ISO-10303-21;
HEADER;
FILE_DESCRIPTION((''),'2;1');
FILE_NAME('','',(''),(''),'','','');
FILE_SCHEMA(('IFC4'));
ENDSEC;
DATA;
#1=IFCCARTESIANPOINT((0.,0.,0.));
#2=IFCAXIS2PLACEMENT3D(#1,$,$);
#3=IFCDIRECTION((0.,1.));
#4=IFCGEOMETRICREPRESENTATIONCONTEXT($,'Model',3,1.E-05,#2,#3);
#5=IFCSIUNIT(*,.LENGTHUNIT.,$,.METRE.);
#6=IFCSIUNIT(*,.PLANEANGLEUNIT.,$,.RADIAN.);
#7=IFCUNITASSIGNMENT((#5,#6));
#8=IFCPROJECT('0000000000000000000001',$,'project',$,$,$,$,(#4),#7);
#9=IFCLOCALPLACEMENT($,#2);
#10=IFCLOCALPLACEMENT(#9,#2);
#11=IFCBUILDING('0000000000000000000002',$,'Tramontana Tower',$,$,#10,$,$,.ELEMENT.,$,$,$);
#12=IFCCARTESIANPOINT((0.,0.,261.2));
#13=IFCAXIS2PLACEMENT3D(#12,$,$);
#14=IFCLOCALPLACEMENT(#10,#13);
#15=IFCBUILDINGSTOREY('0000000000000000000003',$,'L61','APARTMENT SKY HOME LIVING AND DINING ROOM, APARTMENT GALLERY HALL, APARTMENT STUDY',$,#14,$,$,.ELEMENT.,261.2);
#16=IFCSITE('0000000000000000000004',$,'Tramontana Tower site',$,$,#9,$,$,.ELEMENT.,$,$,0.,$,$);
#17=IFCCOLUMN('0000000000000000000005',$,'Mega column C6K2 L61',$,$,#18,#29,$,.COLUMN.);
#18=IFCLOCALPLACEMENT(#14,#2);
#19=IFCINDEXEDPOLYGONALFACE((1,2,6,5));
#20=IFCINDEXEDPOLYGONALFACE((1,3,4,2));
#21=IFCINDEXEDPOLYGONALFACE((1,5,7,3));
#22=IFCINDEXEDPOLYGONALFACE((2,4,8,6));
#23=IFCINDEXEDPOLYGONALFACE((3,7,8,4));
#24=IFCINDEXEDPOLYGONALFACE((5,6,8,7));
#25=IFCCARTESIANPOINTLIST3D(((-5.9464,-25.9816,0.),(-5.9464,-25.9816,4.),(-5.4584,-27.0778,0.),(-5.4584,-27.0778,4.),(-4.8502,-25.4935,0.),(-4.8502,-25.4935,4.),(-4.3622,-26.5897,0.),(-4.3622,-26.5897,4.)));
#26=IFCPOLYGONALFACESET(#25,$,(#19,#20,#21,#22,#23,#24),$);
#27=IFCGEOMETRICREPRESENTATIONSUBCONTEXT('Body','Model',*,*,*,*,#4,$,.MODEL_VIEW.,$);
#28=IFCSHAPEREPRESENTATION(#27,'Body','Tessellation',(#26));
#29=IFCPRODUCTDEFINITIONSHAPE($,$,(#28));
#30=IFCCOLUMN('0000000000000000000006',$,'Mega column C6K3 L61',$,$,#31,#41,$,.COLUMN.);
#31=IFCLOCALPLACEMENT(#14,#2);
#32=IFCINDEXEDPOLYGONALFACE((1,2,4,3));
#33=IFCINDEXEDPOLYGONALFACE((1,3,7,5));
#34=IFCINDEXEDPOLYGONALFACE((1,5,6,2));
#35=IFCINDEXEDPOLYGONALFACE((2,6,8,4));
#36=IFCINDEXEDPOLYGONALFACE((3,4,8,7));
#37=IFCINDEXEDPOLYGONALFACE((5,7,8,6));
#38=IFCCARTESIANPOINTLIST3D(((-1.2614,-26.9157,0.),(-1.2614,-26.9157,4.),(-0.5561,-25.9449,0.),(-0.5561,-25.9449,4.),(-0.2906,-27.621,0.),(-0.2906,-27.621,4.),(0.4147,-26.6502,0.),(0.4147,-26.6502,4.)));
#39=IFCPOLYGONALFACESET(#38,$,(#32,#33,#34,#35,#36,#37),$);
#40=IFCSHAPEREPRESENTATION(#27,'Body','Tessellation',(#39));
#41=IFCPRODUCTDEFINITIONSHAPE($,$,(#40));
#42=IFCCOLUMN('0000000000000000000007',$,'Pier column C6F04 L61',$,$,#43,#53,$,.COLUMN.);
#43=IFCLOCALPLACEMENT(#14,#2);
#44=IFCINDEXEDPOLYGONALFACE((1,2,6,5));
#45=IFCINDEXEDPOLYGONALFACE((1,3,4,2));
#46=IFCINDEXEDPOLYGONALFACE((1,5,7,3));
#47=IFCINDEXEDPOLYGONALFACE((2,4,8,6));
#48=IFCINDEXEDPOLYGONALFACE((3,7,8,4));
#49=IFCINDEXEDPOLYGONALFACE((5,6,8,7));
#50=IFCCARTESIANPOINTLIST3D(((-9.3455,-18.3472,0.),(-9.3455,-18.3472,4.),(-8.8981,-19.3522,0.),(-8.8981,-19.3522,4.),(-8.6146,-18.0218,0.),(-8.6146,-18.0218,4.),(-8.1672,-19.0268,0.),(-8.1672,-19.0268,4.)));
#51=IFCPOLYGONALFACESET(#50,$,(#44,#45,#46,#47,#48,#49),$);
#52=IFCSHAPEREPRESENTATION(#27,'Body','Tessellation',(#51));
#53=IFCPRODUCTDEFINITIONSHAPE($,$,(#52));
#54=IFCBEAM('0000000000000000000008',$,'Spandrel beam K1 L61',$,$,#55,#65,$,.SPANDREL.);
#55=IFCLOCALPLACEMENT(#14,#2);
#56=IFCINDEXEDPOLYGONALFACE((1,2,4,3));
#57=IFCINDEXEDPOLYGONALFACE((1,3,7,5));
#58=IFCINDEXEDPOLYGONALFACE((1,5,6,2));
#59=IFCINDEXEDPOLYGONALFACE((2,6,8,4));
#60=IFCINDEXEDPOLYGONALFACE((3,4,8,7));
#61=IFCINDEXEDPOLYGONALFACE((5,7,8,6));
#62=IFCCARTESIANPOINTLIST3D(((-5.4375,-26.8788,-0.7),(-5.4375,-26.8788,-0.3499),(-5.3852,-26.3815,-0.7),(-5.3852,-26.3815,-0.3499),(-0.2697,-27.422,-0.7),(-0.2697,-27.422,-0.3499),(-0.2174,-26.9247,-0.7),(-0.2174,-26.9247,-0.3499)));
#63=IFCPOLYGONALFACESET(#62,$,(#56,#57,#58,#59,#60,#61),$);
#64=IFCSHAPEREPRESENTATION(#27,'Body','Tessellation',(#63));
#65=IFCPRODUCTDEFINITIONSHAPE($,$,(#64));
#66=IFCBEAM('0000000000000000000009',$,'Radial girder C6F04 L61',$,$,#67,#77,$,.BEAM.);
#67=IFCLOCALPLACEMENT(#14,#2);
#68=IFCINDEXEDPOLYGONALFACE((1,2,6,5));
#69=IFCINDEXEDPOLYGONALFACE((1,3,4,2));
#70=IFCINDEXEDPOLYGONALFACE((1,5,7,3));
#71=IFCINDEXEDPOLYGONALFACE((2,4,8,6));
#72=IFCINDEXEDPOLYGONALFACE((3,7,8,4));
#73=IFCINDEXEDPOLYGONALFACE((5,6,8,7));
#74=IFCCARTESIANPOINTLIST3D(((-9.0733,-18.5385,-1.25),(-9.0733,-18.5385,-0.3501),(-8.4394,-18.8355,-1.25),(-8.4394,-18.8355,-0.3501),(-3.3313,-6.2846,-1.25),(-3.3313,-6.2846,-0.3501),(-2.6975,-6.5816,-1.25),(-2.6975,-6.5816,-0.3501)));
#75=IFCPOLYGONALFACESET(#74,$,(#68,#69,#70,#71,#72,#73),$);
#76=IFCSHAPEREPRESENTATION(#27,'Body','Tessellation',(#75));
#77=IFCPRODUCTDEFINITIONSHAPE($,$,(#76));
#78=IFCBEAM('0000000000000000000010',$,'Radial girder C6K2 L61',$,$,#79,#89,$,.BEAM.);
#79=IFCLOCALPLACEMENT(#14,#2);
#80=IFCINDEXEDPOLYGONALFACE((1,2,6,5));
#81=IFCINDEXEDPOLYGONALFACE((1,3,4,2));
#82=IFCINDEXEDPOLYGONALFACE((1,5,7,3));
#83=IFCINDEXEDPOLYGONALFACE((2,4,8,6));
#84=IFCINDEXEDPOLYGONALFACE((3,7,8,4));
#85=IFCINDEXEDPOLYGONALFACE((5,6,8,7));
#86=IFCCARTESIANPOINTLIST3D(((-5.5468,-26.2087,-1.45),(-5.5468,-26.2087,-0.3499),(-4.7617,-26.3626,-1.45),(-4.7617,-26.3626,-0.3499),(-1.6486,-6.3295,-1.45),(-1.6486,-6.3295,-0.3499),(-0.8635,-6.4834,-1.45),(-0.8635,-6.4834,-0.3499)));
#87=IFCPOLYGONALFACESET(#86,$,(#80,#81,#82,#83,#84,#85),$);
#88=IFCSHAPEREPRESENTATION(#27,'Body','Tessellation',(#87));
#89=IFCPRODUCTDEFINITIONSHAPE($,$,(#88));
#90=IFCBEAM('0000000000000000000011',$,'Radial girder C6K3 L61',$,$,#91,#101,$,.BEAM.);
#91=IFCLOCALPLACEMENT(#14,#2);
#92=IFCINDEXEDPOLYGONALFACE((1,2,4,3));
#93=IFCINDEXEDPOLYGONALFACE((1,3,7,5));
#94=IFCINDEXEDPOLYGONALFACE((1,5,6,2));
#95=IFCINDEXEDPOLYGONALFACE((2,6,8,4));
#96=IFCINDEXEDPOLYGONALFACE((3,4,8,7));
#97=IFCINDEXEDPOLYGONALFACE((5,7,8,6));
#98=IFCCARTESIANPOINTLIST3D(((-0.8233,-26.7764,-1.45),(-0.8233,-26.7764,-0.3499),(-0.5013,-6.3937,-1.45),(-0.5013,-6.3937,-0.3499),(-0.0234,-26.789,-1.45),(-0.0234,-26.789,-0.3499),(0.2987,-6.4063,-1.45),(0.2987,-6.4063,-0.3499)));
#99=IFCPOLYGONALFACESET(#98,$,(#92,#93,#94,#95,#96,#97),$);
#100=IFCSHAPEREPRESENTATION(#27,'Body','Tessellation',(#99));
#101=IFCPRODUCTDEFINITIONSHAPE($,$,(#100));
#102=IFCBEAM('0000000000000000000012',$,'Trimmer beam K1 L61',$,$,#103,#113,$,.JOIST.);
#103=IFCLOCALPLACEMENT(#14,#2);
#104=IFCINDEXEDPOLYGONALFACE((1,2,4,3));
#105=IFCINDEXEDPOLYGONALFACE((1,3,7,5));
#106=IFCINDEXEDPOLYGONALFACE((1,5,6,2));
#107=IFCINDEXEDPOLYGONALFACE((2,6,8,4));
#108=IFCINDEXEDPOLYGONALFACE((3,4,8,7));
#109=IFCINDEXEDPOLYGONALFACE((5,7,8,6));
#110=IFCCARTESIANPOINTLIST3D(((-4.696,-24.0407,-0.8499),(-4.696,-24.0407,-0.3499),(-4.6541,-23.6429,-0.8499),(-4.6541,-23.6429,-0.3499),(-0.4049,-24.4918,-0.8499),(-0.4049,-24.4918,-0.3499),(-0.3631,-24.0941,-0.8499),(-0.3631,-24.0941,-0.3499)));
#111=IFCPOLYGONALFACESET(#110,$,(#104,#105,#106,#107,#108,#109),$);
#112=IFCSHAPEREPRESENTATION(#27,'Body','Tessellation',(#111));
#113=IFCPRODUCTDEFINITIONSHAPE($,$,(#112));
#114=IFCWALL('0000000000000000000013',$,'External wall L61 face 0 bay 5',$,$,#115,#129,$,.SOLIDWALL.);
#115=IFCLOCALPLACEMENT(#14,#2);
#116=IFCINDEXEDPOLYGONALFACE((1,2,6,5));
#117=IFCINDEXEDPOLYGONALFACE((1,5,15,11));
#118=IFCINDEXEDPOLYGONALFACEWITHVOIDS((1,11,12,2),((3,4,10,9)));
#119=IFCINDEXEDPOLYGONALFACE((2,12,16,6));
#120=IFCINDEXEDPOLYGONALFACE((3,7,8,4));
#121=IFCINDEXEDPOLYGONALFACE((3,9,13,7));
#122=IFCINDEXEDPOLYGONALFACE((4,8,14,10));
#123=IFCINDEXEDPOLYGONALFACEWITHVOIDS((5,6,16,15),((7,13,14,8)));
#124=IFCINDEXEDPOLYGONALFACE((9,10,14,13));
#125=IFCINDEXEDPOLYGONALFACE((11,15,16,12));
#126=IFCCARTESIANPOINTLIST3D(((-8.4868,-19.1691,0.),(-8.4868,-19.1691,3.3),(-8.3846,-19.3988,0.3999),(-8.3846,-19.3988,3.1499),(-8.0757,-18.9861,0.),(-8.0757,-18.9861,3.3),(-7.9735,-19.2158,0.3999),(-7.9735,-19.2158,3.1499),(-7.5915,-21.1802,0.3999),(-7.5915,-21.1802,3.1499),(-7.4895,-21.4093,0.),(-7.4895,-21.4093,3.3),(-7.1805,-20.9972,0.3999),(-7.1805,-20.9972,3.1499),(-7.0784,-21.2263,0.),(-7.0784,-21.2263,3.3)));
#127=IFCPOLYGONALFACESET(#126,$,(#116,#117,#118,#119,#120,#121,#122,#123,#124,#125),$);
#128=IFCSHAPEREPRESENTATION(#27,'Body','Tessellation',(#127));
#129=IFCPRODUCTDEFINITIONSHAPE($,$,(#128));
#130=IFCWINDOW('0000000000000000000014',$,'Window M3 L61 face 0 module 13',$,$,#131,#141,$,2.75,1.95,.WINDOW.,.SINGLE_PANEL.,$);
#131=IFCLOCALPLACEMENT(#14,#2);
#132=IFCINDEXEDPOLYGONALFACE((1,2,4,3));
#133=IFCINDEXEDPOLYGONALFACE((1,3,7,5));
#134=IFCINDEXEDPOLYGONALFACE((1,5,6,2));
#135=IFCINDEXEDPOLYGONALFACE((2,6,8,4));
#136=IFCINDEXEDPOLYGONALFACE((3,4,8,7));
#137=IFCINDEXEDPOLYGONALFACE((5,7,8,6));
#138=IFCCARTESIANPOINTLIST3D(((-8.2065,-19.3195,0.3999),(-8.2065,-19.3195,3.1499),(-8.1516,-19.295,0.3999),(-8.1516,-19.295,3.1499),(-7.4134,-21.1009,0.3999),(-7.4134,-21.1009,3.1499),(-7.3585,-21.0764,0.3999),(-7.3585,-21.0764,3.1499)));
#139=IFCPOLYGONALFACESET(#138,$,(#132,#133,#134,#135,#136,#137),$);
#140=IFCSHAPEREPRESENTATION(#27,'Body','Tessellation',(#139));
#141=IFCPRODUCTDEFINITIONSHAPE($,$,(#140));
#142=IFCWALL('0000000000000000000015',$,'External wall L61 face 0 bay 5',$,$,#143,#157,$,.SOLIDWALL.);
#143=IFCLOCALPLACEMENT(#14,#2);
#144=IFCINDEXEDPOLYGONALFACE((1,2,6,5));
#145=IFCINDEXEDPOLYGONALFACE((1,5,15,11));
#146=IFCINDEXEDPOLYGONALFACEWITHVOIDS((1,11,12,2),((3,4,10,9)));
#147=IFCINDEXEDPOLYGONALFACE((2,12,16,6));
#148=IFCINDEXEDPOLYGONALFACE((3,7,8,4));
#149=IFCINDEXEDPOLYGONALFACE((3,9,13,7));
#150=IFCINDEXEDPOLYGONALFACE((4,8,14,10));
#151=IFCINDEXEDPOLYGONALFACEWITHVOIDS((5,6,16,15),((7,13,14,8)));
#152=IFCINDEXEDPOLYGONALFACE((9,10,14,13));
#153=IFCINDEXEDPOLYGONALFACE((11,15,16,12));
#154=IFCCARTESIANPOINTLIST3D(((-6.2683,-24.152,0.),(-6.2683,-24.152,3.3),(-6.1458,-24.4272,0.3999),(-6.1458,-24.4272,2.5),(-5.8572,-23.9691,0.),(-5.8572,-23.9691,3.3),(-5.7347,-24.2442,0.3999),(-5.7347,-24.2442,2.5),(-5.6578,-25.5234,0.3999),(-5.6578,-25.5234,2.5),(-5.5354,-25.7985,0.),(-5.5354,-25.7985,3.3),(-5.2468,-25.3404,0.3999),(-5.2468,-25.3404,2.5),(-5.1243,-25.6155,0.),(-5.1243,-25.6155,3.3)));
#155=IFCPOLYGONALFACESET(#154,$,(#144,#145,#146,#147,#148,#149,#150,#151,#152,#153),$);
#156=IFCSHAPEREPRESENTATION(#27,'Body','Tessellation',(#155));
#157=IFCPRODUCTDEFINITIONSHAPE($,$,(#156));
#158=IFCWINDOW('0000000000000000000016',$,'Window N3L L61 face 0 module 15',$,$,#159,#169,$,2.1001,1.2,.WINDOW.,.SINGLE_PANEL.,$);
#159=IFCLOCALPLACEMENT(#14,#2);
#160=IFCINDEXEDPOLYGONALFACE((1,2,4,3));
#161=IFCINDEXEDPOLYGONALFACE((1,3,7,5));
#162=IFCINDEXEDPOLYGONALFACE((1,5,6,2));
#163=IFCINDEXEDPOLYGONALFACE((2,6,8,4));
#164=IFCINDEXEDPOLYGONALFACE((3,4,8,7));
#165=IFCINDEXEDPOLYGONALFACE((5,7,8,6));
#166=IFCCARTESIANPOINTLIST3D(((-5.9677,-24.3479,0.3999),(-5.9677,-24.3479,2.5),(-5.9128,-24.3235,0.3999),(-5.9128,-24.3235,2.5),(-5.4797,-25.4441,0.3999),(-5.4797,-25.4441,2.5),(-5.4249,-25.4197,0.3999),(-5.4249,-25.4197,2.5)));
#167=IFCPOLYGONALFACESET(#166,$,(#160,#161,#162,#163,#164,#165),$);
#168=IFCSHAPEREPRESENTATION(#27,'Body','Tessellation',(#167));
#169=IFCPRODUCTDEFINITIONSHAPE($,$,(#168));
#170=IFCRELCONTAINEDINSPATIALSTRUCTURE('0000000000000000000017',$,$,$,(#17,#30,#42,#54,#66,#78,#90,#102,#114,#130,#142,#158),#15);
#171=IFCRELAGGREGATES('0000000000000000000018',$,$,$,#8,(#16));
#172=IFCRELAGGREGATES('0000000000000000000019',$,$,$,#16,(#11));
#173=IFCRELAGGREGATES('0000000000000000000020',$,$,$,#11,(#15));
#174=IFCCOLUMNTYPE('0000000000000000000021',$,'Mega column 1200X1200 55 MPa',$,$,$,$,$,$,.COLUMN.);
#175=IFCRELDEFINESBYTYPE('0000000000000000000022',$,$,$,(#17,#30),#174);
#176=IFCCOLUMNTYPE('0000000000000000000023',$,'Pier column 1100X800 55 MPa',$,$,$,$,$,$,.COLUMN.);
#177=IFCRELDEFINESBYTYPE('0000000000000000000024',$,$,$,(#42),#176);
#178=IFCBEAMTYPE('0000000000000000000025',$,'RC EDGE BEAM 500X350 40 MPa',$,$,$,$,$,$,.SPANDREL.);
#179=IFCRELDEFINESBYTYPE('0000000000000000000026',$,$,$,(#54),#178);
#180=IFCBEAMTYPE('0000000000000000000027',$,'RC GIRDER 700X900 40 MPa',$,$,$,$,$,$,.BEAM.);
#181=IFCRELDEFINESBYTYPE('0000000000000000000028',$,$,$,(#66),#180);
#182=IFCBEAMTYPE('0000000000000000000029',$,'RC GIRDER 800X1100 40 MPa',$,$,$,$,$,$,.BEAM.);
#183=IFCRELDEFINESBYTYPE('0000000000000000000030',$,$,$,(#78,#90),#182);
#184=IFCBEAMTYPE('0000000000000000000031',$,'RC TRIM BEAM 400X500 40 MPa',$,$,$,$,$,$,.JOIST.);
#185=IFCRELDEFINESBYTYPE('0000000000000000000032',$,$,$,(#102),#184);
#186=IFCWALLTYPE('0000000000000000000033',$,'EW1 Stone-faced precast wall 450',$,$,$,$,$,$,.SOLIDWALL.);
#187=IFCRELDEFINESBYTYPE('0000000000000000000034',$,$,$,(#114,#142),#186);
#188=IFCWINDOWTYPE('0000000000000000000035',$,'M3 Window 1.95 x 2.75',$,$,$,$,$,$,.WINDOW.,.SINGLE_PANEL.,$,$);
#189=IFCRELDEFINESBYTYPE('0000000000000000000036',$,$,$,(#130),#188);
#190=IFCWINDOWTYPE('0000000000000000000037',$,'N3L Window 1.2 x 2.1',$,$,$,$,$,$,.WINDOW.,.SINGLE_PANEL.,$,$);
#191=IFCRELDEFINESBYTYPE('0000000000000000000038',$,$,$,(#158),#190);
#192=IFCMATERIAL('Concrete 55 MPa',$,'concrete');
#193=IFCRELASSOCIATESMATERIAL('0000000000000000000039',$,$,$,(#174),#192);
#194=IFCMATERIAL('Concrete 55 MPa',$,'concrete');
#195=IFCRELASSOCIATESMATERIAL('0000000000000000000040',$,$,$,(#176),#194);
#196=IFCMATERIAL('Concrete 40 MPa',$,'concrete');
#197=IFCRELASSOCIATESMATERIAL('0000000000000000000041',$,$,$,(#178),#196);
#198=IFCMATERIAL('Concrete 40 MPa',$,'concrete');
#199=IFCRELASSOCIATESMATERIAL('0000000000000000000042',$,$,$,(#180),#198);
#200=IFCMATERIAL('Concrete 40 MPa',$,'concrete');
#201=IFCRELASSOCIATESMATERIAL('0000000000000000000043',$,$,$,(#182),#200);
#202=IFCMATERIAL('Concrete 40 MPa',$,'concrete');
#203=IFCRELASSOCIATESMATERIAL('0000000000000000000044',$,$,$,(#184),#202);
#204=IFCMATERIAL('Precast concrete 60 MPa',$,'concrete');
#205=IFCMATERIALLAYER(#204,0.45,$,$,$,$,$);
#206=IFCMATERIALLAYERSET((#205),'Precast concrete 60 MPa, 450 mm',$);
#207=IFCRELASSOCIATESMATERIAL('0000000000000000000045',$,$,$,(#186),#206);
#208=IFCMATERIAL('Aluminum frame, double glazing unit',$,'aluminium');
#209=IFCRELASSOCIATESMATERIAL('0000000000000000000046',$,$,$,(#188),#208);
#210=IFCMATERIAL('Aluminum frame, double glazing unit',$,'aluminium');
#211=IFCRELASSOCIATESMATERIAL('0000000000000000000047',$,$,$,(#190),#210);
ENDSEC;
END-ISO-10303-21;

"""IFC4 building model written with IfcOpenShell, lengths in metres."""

from ifc_helpers import new_model, si_unit, direction, frame, frame_2d, origin, origin_2d, place, context, subcontext, project, spatial, rectangle, extrude, material, layer, layer_set, material_profile, profile_set, type_object, element, fill, save


model = new_model("IFC4")

# Units and contexts
model_context = context("Model", 3, precision=1e-05, world=origin(), true_north=direction((0.0, 1.0)))
body_context = subcontext(model_context, "Body", "Model", "MODEL_VIEW")
ifc_project = project(units=[si_unit("LENGTHUNIT", "METRE"), si_unit("PLANEANGLEUNIT", "RADIAN")], contexts=[model_context])

# Site, building, storey
site_placement = place(None, origin())
site = spatial("IfcSite", under=ifc_project, at=site_placement, Name="Tramontana Tower site", CompositionType="ELEMENT", RefElevation=0.0)
building_placement = place(site_placement, origin())
building = spatial("IfcBuilding", under=site, at=building_placement, Name="Tramontana Tower", CompositionType="ELEMENT")
storey_placement = place(building_placement, frame((0.0, 0.0, 261.2)))
storey = spatial("IfcBuildingStorey", under=building, at=storey_placement, Name="L61", Description="APARTMENT SKY HOME LIVING AND DINING ROOM, APARTMENT GALLERY HALL, APARTMENT STUDY", CompositionType="ELEMENT", Elevation=261.2)

# Columns
ifc_material_1 = material(Name="Concrete 55 MPa", Category="concrete")
ifc_material_profile_1 = material_profile(ifc_material_1, rectangle(XDim=1.2, YDim=1.2, at=origin_2d()), Name="Mega column 1200X1200 55 MPa")
ifc_profile_set_1 = profile_set([ifc_material_profile_1], Name="Concrete 55 MPa")
column_type_1 = type_object("IfcColumnType", Name="Mega column 1200X1200 55 MPa", PredefinedType="COLUMN", material=ifc_profile_set_1)
for number, where, z_axis, x_axis, name in (
    (1, (-5.1543, -26.2856, 0.0), (0.0, 0.0, 1.0), (0.406737, -0.913545, 0.0), "Mega column C6K2 L61"),
    (2, (-0.4233, -26.783, 0.0), (0.0, 0.0, 1.0), (0.587785, 0.809017, 0.0), "Mega column C6K3 L61"),
):
    element("IfcColumn", number, at=place(storey_placement, frame(where, z_axis=z_axis, x_axis=x_axis)), inside=storey, type_object=column_type_1, Name=name, PredefinedType="COLUMN", context=body_context, shape_type="SweptSolid", body=[
        extrude(rectangle(XDim=1.2, YDim=1.2, at=origin_2d()), origin(), (0.0, 0.0, 1.0), 4.0),
    ])
ifc_material_2 = material(Name="Concrete 55 MPa", Category="concrete")
ifc_material_profile_2 = material_profile(ifc_material_2, rectangle(XDim=1.1001, YDim=0.8, at=origin_2d()), Name="Pier column 1100X800 55 MPa")
ifc_profile_set_2 = profile_set([ifc_material_profile_2], Name="Concrete 55 MPa")
column_type_2 = type_object("IfcColumnType", Name="Pier column 1100X800 55 MPa", PredefinedType="COLUMN", material=ifc_profile_set_2)
column_placement = place(storey_placement, frame((-8.7563, -18.687, 0.0), z_axis=(0.0, 0.0, 1.0), x_axis=(0.406737, -0.913545, 0.0)))
element("IfcColumn", 3, at=column_placement, inside=storey, type_object=column_type_2, Name="Pier column C6F04 L61", PredefinedType="COLUMN", context=body_context, shape_type="SweptSolid", body=[
    extrude(rectangle(XDim=1.1001, YDim=0.8, at=origin_2d()), origin(), (0.0, 0.0, 1.0), 4.0),
])

# Beams
ifc_material_3 = material(Name="Concrete 40 MPa", Category="concrete")
ifc_material_profile_3 = material_profile(ifc_material_3, rectangle(XDim=0.5, YDim=0.3501, at=origin_2d()), Name="RC EDGE BEAM 500X350 40 MPa")
ifc_profile_set_3 = profile_set([ifc_material_profile_3], Name="Concrete 40 MPa")
beam_type_1 = type_object("IfcBeamType", Name="RC EDGE BEAM 500X350 40 MPa", PredefinedType="SPANDREL", material=ifc_profile_set_3)
beam_1_placement = place(storey_placement, frame((-5.4114, -26.6301, -0.5249), z_axis=(0.994521, -0.10454, 0.0), x_axis=(0.10454, 0.994521, 0.0)))
element("IfcBeam", 4, at=beam_1_placement, inside=storey, type_object=beam_type_1, Name="Spandrel beam K1 L61", PredefinedType="SPANDREL", context=body_context, shape_type="SweptSolid", body=[
    extrude(rectangle(XDim=0.5, YDim=0.3501, at=origin_2d()), origin(), (0.0, 0.0, 1.0), 5.1963),
])
ifc_material_4 = material(Name="Concrete 40 MPa", Category="concrete")
ifc_material_profile_4 = material_profile(ifc_material_4, rectangle(XDim=0.7, YDim=0.8999, at=origin_2d()), Name="RC GIRDER 700X900 40 MPa")
ifc_profile_set_4 = profile_set([ifc_material_profile_4], Name="Concrete 40 MPa")
beam_type_2 = type_object("IfcBeamType", Name="RC GIRDER 700X900 40 MPa", PredefinedType="BEAM", material=ifc_profile_set_4)
beam_2_placement = place(storey_placement, frame((-8.7563, -18.687, -0.8), z_axis=(0.424308, 0.905518, 0.0), x_axis=(-0.905518, 0.424308, 0.0)))
element("IfcBeam", 5, at=beam_2_placement, inside=storey, type_object=beam_type_2, Name="Radial girder C6F04 L61", PredefinedType="BEAM", context=body_context, shape_type="SweptSolid", body=[
    extrude(rectangle(XDim=0.7, YDim=0.8999, at=origin_2d()), origin(), (0.0, 0.0, 1.0), 13.5325),
])
ifc_material_5 = material(Name="Concrete 40 MPa", Category="concrete")
ifc_material_profile_5 = material_profile(ifc_material_5, rectangle(XDim=0.8, YDim=1.1001, at=origin_2d()), Name="RC GIRDER 800X1100 40 MPa")
ifc_profile_set_5 = profile_set([ifc_material_profile_5], Name="Concrete 40 MPa")
beam_type_3 = type_object("IfcBeamType", Name="RC GIRDER 800X1100 40 MPa", PredefinedType="BEAM", material=ifc_profile_set_5)
beam_3_placement = place(storey_placement, frame((-5.1543, -26.2856, -0.8999), z_axis=(0.19243, 0.981311, 0.0), x_axis=(-0.981311, 0.19243, 0.0)))
element("IfcBeam", 6, at=beam_3_placement, inside=storey, type_object=beam_type_3, Name="Radial girder C6K2 L61", PredefinedType="BEAM", context=body_context, shape_type="SweptSolid", body=[
    extrude(rectangle(XDim=0.8, YDim=1.1001, at=origin_2d()), origin(), (0.0, 0.0, 1.0), 20.2578),
])
beam_4_placement = place(storey_placement, frame((-0.4233, -26.7827, -0.8999), z_axis=(0.015797, 0.999875, 0.0), x_axis=(-0.999875, 0.015797, 0.0)))
element("IfcBeam", 7, at=beam_4_placement, inside=storey, type_object=beam_type_3, Name="Radial girder C6K3 L61", PredefinedType="BEAM", context=body_context, shape_type="SweptSolid", body=[
    extrude(rectangle(XDim=0.8, YDim=1.1001, at=origin_2d()), origin(), (0.0, 0.0, 1.0), 20.3853),
])
ifc_material_6 = material(Name="Concrete 40 MPa", Category="concrete")
ifc_material_profile_6 = material_profile(ifc_material_6, rectangle(XDim=0.3999, YDim=0.5, at=origin_2d()), Name="RC TRIM BEAM 400X500 40 MPa")
ifc_profile_set_6 = profile_set([ifc_material_profile_6], Name="Concrete 40 MPa")
beam_type_4 = type_object("IfcBeamType", Name="RC TRIM BEAM 400X500 40 MPa", PredefinedType="JOIST", material=ifc_profile_set_6)
beam_5_placement = place(storey_placement, frame((-4.675, -23.8418, -0.5999), z_axis=(0.994518, -0.104567, 0.0), x_axis=(0.104567, 0.994518, 0.0)))
element("IfcBeam", 8, at=beam_5_placement, inside=storey, type_object=beam_type_4, Name="Trimmer beam K1 L61", PredefinedType="JOIST", context=body_context, shape_type="SweptSolid", body=[
    extrude(rectangle(XDim=0.3999, YDim=0.5, at=origin_2d()), origin(), (0.0, 0.0, 1.0), 4.3147),
])

# Walls, openings, windows
ifc_material_7 = material(Name="Precast concrete 60 MPa", Category="concrete")
ifc_layer_1 = layer(ifc_material_7, 0.45)
ifc_layer_set_1 = layer_set([ifc_layer_1], Name="Precast concrete 60 MPa, 450 mm")
wall_type_1 = type_object("IfcWallType", Name="EW1 Stone-faced precast wall 450", PredefinedType="SOLIDWALL", material=ifc_layer_set_1)
wall_1_placement = place(storey_placement, frame((-8.2812, -19.0776, 0.0), z_axis=(0.0, 0.0, 1.0), x_axis=(0.406702, -0.913561, 0.0)))
wall_1 = element("IfcWall", 9, at=wall_1_placement, inside=storey, type_object=wall_type_1, Name="External wall L61 face 0 bay 5", PredefinedType="SOLIDWALL", context=body_context, shape_type="SweptSolid", body=[
    extrude(rectangle(XDim=2.4521, YDim=0.45, at=frame_2d((1.2261, 0.0))), origin(), (0.0, 0.0, 1.0), 3.3),
])
opening_1_placement = place(wall_1_placement, frame((0.2512, 0.0, 0.3999)))
opening_1 = element("IfcOpeningElement", 10, at=opening_1_placement, cuts=wall_1, PredefinedType="OPENING", context=body_context, shape_type="SweptSolid", body=[
    extrude(rectangle(XDim=1.95, YDim=2.75, at=frame_2d((0.9751, 1.375))), frame((0.0, 0.2349, 0.0), z_axis=(0.0, -1.0, 0.0), x_axis=(1.0, 0.0, 0.0)), (0.0, 0.0, 1.0), 0.47),
])
ifc_material_8 = material(Name="Aluminum frame, double glazing unit", Category="aluminium")
window_type_1 = type_object("IfcWindowType", Name="M3 Window 1.95 x 2.75", PartitioningType="SINGLE_PANEL", PredefinedType="WINDOW", material=ifc_material_8)
window_1_placement = place(opening_1_placement, origin())
window_1 = element("IfcWindow", 11, at=window_1_placement, inside=storey, type_object=window_type_1, Name="Window M3 L61 face 0 module 13", OverallHeight=2.75, OverallWidth=1.95, PartitioningType="SINGLE_PANEL", PredefinedType="WINDOW", context=body_context, shape_type="SweptSolid", body=[
    extrude(rectangle(XDim=1.95, YDim=2.75, at=frame_2d((0.9751, 1.375))), frame((0.0, 0.03, 0.0), z_axis=(0.0, -1.0, 0.0), x_axis=(1.0, 0.0, 0.0)), (0.0, 0.0, 1.0), 0.0601),
])
fill(opening_1, window_1)
wall_2_placement = place(storey_placement, frame((-6.0627, -24.0605, 0.0), z_axis=(0.0, 0.0, 1.0), x_axis=(0.406666, -0.913577, 0.0)))
wall_2 = element("IfcWall", 12, at=wall_2_placement, inside=storey, type_object=wall_type_1, Name="External wall L61 face 0 bay 5", PredefinedType="SOLIDWALL", context=body_context, shape_type="SweptSolid", body=[
    extrude(rectangle(XDim=1.8022, YDim=0.45, at=frame_2d((0.9011, 0.0))), origin(), (0.0, 0.0, 1.0), 3.3),
])
opening_2_placement = place(wall_2_placement, frame((0.301, 0.0, 0.3999)))
opening_2 = element("IfcOpeningElement", 13, at=opening_2_placement, cuts=wall_2, PredefinedType="OPENING", context=body_context, shape_type="SweptSolid", body=[
    extrude(rectangle(XDim=1.2, YDim=2.1001, at=frame_2d((0.6001, 1.05))), frame((0.0, 0.2349, 0.0), z_axis=(0.0, -1.0, 0.0), x_axis=(1.0, 0.0, 0.0)), (0.0, 0.0, 1.0), 0.47),
])
ifc_material_9 = material(Name="Aluminum frame, double glazing unit", Category="aluminium")
window_type_2 = type_object("IfcWindowType", Name="N3L Window 1.2 x 2.1", PartitioningType="SINGLE_PANEL", PredefinedType="WINDOW", material=ifc_material_9)
window_2_placement = place(opening_2_placement, origin())
window_2 = element("IfcWindow", 14, at=window_2_placement, inside=storey, type_object=window_type_2, Name="Window N3L L61 face 0 module 15", OverallHeight=2.1001, OverallWidth=1.2, PartitioningType="SINGLE_PANEL", PredefinedType="WINDOW", context=body_context, shape_type="SweptSolid", body=[
    extrude(rectangle(XDim=1.2, YDim=2.1001, at=frame_2d((0.6001, 1.05))), frame((0.0, 0.03, 0.0), z_axis=(0.0, -1.0, 0.0), x_axis=(1.0, 0.0, 0.0)), (0.0, 0.0, 1.0), 0.0601),
])
fill(opening_2, window_2)

save(model, "model.ifc")
